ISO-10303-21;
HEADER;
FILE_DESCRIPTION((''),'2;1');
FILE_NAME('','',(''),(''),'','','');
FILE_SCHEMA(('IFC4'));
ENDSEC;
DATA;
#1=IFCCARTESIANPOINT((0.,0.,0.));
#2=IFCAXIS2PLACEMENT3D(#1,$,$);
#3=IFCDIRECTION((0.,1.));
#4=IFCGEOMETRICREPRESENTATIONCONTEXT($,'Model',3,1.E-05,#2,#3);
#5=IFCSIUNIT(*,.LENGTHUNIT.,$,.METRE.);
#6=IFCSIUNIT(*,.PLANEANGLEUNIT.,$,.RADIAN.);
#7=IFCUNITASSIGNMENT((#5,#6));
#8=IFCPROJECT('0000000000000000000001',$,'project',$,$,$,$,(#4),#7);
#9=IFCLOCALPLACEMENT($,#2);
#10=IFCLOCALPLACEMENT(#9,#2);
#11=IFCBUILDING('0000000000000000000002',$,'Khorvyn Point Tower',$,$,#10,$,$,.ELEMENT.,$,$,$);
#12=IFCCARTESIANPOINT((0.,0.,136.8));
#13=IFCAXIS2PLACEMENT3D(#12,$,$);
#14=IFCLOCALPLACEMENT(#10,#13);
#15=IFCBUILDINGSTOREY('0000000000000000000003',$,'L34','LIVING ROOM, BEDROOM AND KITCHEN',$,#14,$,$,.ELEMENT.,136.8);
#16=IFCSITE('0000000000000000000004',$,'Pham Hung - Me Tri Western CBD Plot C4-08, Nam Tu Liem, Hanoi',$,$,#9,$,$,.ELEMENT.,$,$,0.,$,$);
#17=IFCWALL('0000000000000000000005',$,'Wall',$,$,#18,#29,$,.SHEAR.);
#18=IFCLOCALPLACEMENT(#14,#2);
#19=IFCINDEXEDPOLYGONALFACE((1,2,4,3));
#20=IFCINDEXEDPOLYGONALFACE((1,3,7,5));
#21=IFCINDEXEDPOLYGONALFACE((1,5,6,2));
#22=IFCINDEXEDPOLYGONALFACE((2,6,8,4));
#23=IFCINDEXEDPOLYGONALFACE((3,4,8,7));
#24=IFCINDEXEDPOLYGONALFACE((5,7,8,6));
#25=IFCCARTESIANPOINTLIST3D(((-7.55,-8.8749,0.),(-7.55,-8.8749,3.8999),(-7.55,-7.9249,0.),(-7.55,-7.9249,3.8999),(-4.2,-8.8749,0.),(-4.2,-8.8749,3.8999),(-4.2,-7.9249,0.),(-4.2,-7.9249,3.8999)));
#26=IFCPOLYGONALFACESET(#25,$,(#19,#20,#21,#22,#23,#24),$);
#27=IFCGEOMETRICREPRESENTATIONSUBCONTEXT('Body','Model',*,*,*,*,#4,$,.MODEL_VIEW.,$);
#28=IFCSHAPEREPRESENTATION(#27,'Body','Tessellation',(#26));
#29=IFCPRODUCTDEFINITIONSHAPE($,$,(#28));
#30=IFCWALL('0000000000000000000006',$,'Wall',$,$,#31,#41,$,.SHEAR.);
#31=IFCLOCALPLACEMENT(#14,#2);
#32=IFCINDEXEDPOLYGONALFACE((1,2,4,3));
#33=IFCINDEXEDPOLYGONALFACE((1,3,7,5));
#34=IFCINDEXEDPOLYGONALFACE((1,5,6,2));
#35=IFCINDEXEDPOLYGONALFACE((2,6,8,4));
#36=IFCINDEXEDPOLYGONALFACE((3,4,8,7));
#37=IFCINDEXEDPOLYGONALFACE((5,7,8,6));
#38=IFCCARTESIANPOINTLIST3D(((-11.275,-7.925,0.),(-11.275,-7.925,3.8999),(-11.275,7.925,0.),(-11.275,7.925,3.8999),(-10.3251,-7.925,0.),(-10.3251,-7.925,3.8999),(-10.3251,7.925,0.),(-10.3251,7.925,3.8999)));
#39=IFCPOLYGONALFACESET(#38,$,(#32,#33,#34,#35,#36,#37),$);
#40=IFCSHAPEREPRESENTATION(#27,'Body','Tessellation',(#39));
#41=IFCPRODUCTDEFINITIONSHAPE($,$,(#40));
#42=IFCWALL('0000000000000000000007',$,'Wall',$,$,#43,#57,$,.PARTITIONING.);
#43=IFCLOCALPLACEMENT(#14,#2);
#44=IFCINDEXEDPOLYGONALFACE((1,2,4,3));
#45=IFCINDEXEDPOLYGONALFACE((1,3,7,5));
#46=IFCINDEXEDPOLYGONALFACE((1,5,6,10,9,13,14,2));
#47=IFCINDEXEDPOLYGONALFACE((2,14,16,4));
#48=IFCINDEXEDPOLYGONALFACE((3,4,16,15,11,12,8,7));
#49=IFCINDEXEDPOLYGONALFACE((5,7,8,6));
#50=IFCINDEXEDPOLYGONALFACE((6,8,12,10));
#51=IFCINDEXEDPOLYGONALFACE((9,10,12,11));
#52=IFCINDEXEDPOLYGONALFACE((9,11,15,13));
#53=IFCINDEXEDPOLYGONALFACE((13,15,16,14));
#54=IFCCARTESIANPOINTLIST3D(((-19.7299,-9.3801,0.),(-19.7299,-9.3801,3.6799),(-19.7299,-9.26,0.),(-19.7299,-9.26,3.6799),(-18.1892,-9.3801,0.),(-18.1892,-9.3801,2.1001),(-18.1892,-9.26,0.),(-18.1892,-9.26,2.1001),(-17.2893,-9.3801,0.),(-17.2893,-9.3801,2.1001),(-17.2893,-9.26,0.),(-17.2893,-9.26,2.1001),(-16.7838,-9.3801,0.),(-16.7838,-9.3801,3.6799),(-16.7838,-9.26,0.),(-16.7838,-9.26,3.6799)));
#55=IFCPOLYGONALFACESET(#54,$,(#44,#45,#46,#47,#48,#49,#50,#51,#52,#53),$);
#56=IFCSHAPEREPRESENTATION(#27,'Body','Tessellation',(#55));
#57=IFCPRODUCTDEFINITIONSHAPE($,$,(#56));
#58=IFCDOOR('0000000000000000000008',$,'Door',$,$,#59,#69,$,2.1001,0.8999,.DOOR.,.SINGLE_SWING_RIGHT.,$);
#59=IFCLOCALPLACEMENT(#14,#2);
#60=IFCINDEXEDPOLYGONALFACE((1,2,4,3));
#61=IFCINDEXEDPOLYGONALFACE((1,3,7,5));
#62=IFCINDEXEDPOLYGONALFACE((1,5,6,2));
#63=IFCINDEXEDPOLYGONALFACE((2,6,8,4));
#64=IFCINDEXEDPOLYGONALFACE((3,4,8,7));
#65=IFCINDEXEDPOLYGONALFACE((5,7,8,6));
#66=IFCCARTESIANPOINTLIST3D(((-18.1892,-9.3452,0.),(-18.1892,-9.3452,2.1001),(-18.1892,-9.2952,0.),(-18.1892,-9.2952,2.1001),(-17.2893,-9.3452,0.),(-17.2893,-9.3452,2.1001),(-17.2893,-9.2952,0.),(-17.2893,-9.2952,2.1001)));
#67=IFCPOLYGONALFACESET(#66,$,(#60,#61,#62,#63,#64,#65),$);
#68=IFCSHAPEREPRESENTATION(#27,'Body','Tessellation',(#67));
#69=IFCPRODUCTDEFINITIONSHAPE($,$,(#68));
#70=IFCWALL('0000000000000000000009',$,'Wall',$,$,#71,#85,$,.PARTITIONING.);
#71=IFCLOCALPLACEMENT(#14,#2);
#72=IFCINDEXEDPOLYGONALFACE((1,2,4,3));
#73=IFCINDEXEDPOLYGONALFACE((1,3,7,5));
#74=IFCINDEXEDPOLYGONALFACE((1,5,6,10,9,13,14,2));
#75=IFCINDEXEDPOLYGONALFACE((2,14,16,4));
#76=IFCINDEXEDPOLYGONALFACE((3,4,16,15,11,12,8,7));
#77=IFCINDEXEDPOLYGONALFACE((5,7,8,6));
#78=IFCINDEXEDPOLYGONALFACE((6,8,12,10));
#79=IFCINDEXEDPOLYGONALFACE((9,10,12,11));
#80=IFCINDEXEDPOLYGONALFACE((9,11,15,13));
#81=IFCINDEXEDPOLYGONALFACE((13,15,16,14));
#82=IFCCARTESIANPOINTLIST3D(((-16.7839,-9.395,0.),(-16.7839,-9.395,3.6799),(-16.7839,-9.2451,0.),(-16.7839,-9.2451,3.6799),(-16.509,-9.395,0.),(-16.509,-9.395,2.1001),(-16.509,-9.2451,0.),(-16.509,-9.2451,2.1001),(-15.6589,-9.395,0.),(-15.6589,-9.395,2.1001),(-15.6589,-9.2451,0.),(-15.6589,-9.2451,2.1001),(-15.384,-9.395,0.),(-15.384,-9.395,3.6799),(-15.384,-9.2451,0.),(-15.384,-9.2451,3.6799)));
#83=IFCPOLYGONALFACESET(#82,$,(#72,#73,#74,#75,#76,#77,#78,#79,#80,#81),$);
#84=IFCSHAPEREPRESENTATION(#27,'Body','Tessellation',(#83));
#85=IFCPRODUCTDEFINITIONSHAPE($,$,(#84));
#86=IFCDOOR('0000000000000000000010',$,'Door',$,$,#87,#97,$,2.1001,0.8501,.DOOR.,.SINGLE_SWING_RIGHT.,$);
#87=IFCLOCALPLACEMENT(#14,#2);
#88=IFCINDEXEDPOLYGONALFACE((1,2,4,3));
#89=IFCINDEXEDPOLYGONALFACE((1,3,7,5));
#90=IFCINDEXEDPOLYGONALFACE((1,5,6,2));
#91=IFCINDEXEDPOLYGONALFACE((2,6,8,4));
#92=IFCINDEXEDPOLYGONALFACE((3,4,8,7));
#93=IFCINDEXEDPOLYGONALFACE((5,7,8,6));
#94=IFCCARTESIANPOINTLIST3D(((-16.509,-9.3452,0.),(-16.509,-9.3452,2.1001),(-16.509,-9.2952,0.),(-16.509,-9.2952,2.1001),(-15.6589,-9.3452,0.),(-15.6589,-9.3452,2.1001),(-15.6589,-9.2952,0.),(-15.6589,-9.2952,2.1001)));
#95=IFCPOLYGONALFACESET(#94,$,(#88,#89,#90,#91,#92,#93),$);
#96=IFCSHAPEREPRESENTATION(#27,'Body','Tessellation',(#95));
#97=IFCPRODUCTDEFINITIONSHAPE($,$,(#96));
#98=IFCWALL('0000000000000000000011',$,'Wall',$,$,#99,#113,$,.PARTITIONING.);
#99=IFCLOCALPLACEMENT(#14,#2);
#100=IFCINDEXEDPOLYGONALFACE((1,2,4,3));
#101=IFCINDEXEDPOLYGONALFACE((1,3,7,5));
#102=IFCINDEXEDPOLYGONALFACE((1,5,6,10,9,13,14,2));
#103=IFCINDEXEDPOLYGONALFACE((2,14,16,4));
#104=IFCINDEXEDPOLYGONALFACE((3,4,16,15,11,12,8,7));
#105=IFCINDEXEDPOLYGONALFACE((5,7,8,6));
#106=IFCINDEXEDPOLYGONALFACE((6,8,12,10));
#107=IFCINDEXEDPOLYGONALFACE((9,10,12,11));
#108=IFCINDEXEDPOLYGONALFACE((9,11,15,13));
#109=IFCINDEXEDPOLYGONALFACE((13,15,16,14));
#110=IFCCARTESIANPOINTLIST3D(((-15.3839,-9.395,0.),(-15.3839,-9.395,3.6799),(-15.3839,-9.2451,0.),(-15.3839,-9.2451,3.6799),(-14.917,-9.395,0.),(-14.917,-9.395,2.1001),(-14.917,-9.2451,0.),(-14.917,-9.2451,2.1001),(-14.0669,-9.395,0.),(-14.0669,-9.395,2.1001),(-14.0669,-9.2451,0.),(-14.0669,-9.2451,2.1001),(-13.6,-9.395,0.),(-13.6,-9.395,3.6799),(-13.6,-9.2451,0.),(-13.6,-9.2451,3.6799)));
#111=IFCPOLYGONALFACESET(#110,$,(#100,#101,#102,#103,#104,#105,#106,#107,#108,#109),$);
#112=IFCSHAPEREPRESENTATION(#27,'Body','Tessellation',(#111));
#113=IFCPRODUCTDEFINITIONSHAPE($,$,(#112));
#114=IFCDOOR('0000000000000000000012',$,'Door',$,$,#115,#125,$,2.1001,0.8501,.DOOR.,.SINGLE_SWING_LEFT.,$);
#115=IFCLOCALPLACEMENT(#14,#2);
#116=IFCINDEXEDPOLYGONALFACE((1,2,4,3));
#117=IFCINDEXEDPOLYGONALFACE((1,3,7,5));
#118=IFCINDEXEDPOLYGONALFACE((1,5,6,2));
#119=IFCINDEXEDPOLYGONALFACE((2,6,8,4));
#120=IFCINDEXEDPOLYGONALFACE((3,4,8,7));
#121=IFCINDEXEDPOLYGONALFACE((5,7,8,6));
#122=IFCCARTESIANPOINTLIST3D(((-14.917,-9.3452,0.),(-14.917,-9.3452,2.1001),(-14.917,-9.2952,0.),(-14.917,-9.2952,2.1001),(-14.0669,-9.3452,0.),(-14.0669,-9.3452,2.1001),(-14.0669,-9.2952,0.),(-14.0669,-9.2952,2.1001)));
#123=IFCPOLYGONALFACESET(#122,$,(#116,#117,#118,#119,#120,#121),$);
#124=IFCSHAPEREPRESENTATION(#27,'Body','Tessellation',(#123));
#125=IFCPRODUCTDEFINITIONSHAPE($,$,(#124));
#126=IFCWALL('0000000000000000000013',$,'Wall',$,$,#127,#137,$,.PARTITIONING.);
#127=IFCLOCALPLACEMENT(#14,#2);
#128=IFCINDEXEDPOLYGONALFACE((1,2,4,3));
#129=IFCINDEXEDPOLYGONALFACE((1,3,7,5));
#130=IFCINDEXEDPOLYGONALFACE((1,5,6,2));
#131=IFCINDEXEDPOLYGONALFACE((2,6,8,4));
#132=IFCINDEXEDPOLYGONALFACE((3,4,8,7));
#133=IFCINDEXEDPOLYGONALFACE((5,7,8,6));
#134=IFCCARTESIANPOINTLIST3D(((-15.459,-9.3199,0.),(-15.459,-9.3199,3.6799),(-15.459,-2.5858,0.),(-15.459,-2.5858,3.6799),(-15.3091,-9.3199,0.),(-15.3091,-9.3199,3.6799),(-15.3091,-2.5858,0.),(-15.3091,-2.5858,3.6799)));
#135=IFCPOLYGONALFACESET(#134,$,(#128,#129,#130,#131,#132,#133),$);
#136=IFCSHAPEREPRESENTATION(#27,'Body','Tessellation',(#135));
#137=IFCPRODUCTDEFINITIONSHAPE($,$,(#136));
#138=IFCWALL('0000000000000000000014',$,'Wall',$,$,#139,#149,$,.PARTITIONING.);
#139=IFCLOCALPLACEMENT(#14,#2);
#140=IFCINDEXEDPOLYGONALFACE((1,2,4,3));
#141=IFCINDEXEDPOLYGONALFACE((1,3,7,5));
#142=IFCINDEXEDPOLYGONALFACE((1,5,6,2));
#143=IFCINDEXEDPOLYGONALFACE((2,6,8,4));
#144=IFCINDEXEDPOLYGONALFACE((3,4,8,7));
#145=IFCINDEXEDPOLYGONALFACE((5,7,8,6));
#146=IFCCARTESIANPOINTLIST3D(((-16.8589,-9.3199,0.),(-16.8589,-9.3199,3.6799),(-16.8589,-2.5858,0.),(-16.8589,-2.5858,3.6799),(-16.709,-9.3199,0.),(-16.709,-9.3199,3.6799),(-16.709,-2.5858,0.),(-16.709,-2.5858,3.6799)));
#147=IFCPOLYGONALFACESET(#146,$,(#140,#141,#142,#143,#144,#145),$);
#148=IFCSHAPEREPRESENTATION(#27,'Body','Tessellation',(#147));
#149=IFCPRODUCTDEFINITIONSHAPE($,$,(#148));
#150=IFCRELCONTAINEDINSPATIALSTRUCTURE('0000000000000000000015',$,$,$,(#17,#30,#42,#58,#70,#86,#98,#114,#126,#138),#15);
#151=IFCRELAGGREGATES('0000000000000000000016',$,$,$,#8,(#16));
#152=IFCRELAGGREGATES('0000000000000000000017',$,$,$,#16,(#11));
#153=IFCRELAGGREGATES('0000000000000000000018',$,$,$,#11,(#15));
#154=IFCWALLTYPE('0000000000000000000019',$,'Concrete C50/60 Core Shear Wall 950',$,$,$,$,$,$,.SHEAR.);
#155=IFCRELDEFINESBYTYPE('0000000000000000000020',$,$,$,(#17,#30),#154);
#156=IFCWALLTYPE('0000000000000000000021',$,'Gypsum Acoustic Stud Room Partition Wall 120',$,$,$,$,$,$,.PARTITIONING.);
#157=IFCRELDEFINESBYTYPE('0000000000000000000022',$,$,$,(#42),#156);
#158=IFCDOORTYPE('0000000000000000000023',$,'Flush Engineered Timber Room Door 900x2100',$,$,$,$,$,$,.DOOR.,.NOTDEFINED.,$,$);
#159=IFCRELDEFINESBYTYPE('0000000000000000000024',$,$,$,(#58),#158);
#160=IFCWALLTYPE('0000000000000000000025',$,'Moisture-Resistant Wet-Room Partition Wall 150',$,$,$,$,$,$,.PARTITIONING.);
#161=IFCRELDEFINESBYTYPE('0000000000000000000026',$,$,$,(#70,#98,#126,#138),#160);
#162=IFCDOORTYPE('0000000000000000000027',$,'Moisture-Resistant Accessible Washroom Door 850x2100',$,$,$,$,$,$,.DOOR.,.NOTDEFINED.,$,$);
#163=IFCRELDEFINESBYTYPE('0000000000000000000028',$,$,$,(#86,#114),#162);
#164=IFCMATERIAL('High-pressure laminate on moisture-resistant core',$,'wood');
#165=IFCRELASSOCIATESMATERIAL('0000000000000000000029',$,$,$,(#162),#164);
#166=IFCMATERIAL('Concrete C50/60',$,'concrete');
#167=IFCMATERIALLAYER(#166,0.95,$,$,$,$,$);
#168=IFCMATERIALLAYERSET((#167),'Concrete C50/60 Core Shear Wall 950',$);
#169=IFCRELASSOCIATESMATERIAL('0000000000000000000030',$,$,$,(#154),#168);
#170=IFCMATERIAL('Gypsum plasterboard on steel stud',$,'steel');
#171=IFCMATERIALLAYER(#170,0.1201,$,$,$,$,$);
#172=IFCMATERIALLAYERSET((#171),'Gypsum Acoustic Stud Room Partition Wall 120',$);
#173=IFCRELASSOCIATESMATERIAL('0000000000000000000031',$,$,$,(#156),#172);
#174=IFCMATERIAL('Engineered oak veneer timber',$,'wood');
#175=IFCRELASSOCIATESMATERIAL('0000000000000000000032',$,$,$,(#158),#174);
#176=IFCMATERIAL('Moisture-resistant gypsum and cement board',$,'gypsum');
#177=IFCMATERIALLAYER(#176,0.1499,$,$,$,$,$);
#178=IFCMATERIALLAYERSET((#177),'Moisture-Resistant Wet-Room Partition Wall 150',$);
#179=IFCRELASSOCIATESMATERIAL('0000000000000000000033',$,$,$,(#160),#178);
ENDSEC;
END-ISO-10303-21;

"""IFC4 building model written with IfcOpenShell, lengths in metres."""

from ifc_helpers import new_model, si_unit, direction, frame, frame_2d, origin, place, context, subcontext, project, spatial, rectangle, extrude, material, layer, layer_set, type_object, element, fill, save


model = new_model("IFC4")

# Units and contexts
model_context = context("Model", 3, precision=1e-05, world=origin(), true_north=direction((0.0, 1.0)))
body_context = subcontext(model_context, "Body", "Model", "MODEL_VIEW")
ifc_project = project(units=[si_unit("LENGTHUNIT", "METRE"), si_unit("PLANEANGLEUNIT", "RADIAN")], contexts=[model_context])

# Site, building, storey
site_placement = place(None, origin())
site = spatial("IfcSite", under=ifc_project, at=site_placement, Name="Pham Hung - Me Tri Western CBD Plot C4-08, Nam Tu Liem, Hanoi", CompositionType="ELEMENT", RefElevation=0.0)
building_placement = place(site_placement, origin())
building = spatial("IfcBuilding", under=site, at=building_placement, Name="Khorvyn Point Tower", CompositionType="ELEMENT")
storey_placement = place(building_placement, frame((0.0, 0.0, 136.8)))
storey = spatial("IfcBuildingStorey", under=building, at=storey_placement, Name="L34", Description="LIVING ROOM, BEDROOM AND KITCHEN", CompositionType="ELEMENT", Elevation=136.8)

# Shared definitions
ifc_material_1 = material(Name="Concrete C50/60", Category="concrete")

# Shared definitions
ifc_material_2 = material(Name="High-pressure laminate on moisture-resistant core", Category="wood")
door_type_1 = type_object("IfcDoorType", Name="Moisture-Resistant Accessible Washroom Door 850x2100", OperationType="NOTDEFINED", PredefinedType="DOOR", material=ifc_material_2)

# Walls
ifc_layer_1 = layer(ifc_material_1, 0.95)
ifc_layer_set_1 = layer_set([ifc_layer_1], Name="Concrete C50/60 Core Shear Wall 950")
wall_type_1 = type_object("IfcWallType", Name="Concrete C50/60 Core Shear Wall 950", PredefinedType="SHEAR", material=ifc_layer_set_1)
wall_1_placement = place(storey_placement, frame((-7.55, -8.3999, 0.0), z_axis=(0.0, 0.0, 1.0), x_axis=(1.0, 0.0, 0.0)))
element("IfcWall", 1, at=wall_1_placement, inside=storey, type_object=wall_type_1, Name="Wall", PredefinedType="SHEAR", context=body_context, shape_type="SweptSolid", body=[
    extrude(rectangle(XDim=3.3501, YDim=0.95, at=frame_2d((1.675, 0.0))), origin(), (0.0, 0.0, 1.0), 3.8999),
])
wall_2_placement = place(storey_placement, frame((-10.8, -7.925, 0.0), z_axis=(0.0, 0.0, 1.0), x_axis=(0.0, 1.0, 0.0)))
element("IfcWall", 2, at=wall_2_placement, inside=storey, type_object=wall_type_1, Name="Wall", PredefinedType="SHEAR", context=body_context, shape_type="SweptSolid", body=[
    extrude(rectangle(XDim=15.8501, YDim=0.95, at=frame_2d((7.925, 0.0))), origin(), (0.0, 0.0, 1.0), 3.8999),
])

# Walls, openings, doors
ifc_material_3 = material(Name="Gypsum plasterboard on steel stud", Category="steel")
ifc_layer_2 = layer(ifc_material_3, 0.1201)
ifc_layer_set_2 = layer_set([ifc_layer_2], Name="Gypsum Acoustic Stud Room Partition Wall 120")
wall_type_2 = type_object("IfcWallType", Name="Gypsum Acoustic Stud Room Partition Wall 120", PredefinedType="PARTITIONING", material=ifc_layer_set_2)
wall_3_placement = place(storey_placement, frame((-19.73, -9.3201, 0.0), z_axis=(0.0, 0.0, 1.0), x_axis=(1.0, 0.0, 0.0)))
wall_3 = element("IfcWall", 3, at=wall_3_placement, inside=storey, type_object=wall_type_2, Name="Wall", PredefinedType="PARTITIONING", context=body_context, shape_type="SweptSolid", body=[
    extrude(rectangle(XDim=2.946, YDim=0.1201, at=frame_2d((1.4731, 0.0))), origin(), (0.0, 0.0, 1.0), 3.6799),
])
opening_1_placement = place(wall_3_placement, frame((1.5408, 0.0, 0.0)))
opening_1 = element("IfcOpeningElement", 4, at=opening_1_placement, cuts=wall_3, PredefinedType="OPENING", context=body_context, shape_type="SweptSolid", body=[
    extrude(rectangle(XDim=0.8999, YDim=2.1001, at=frame_2d((0.45, 1.05))), frame((0.0, 0.0701, 0.0), z_axis=(0.0, -1.0, 0.0), x_axis=(1.0, 0.0, 0.0)), (0.0, 0.0, 1.0), 0.1401),
])
ifc_material_4 = material(Name="Engineered oak veneer timber", Category="wood")
door_type_2 = type_object("IfcDoorType", Name="Flush Engineered Timber Room Door 900x2100", OperationType="NOTDEFINED", PredefinedType="DOOR", material=ifc_material_4)
door_1_placement = place(opening_1_placement, origin())
door_1 = element("IfcDoor", 5, at=door_1_placement, inside=storey, type_object=door_type_2, Name="Door", OperationType="SINGLE_SWING_RIGHT", OverallHeight=2.1001, OverallWidth=0.8999, PredefinedType="DOOR", context=body_context, shape_type="SweptSolid", body=[
    extrude(rectangle(XDim=0.8999, YDim=2.1001, at=frame_2d((0.45, 1.05))), frame((0.0, 0.0249, 0.0), z_axis=(0.0, -1.0, 0.0), x_axis=(1.0, 0.0, 0.0)), (0.0, 0.0, 1.0), 0.05),
])
fill(opening_1, door_1)
ifc_material_5 = material(Name="Moisture-resistant gypsum and cement board", Category="gypsum")
ifc_layer_3 = layer(ifc_material_5, 0.1499)
ifc_layer_set_3 = layer_set([ifc_layer_3], Name="Moisture-Resistant Wet-Room Partition Wall 150")
wall_type_3 = type_object("IfcWallType", Name="Moisture-Resistant Wet-Room Partition Wall 150", PredefinedType="PARTITIONING", material=ifc_layer_set_3)
wall_4_placement = place(storey_placement, frame((-16.7839, -9.3201, 0.0), z_axis=(0.0, 0.0, 1.0), x_axis=(1.0, 0.0, 0.0)))
wall_4 = element("IfcWall", 6, at=wall_4_placement, inside=storey, type_object=wall_type_3, Name="Wall", PredefinedType="PARTITIONING", context=body_context, shape_type="SweptSolid", body=[
    extrude(rectangle(XDim=1.3999, YDim=0.1499, at=frame_2d((0.7, 0.0))), origin(), (0.0, 0.0, 1.0), 3.6799),
])
opening_2_placement = place(wall_4_placement, frame((0.2749, 0.0, 0.0)))
opening_2 = element("IfcOpeningElement", 7, at=opening_2_placement, cuts=wall_4, PredefinedType="OPENING", context=body_context, shape_type="SweptSolid", body=[
    extrude(rectangle(XDim=0.8501, YDim=2.1001, at=frame_2d((0.425, 1.05))), frame((0.0, 0.085, 0.0), z_axis=(0.0, -1.0, 0.0), x_axis=(1.0, 0.0, 0.0)), (0.0, 0.0, 1.0), 0.1699),
])
door_2_placement = place(opening_2_placement, origin())
door_2 = element("IfcDoor", 8, at=door_2_placement, inside=storey, type_object=door_type_1, Name="Door", OperationType="SINGLE_SWING_RIGHT", OverallHeight=2.1001, OverallWidth=0.8501, PredefinedType="DOOR", context=body_context, shape_type="SweptSolid", body=[
    extrude(rectangle(XDim=0.8501, YDim=2.1001, at=frame_2d((0.425, 1.05))), frame((0.0, 0.0249, 0.0), z_axis=(0.0, -1.0, 0.0), x_axis=(1.0, 0.0, 0.0)), (0.0, 0.0, 1.0), 0.05),
])
fill(opening_2, door_2)
wall_5_placement = place(storey_placement, frame((-15.384, -9.3201, 0.0), z_axis=(0.0, 0.0, 1.0), x_axis=(1.0, 0.0, 0.0)))
wall_5 = element("IfcWall", 9, at=wall_5_placement, inside=storey, type_object=wall_type_3, Name="Wall", PredefinedType="PARTITIONING", context=body_context, shape_type="SweptSolid", body=[
    extrude(rectangle(XDim=1.7839, YDim=0.1499, at=frame_2d((0.8921, 0.0))), origin(), (0.0, 0.0, 1.0), 3.6799),
])
opening_3_placement = place(wall_5_placement, frame((0.467, 0.0, 0.0)))
opening_3 = element("IfcOpeningElement", 10, at=opening_3_placement, cuts=wall_5, PredefinedType="OPENING", context=body_context, shape_type="SweptSolid", body=[
    extrude(rectangle(XDim=0.8501, YDim=2.1001, at=frame_2d((0.425, 1.05))), frame((0.0, 0.085, 0.0), z_axis=(0.0, -1.0, 0.0), x_axis=(1.0, 0.0, 0.0)), (0.0, 0.0, 1.0), 0.1699),
])
door_3_placement = place(opening_3_placement, origin())
door_3 = element("IfcDoor", 11, at=door_3_placement, inside=storey, type_object=door_type_1, Name="Door", OperationType="SINGLE_SWING_LEFT", OverallHeight=2.1001, OverallWidth=0.8501, PredefinedType="DOOR", context=body_context, shape_type="SweptSolid", body=[
    extrude(rectangle(XDim=0.8501, YDim=2.1001, at=frame_2d((0.425, 1.05))), frame((0.0, 0.0249, 0.0), z_axis=(0.0, -1.0, 0.0), x_axis=(1.0, 0.0, 0.0)), (0.0, 0.0, 1.0), 0.05),
])
fill(opening_3, door_3)

# Walls
for number, where, z_axis, x_axis, name in (
    (12, (-15.384, -9.3201, 0.0), (0.0, 0.0, 1.0), (0.0, 1.0, 0.0), "Wall"),
    (13, (-16.7839, -9.3201, 0.0), (0.0, 0.0, 1.0), (0.0, 1.0, 0.0), "Wall"),
):
    element("IfcWall", number, at=place(storey_placement, frame(where, z_axis=z_axis, x_axis=x_axis)), inside=storey, type_object=wall_type_3, Name=name, PredefinedType="PARTITIONING", context=body_context, shape_type="SweptSolid", body=[
        extrude(rectangle(XDim=6.7341, YDim=0.1499, at=frame_2d((3.3672, 0.0))), origin(), (0.0, 0.0, 1.0), 3.6799),
    ])

save(model, "model.ifc")
